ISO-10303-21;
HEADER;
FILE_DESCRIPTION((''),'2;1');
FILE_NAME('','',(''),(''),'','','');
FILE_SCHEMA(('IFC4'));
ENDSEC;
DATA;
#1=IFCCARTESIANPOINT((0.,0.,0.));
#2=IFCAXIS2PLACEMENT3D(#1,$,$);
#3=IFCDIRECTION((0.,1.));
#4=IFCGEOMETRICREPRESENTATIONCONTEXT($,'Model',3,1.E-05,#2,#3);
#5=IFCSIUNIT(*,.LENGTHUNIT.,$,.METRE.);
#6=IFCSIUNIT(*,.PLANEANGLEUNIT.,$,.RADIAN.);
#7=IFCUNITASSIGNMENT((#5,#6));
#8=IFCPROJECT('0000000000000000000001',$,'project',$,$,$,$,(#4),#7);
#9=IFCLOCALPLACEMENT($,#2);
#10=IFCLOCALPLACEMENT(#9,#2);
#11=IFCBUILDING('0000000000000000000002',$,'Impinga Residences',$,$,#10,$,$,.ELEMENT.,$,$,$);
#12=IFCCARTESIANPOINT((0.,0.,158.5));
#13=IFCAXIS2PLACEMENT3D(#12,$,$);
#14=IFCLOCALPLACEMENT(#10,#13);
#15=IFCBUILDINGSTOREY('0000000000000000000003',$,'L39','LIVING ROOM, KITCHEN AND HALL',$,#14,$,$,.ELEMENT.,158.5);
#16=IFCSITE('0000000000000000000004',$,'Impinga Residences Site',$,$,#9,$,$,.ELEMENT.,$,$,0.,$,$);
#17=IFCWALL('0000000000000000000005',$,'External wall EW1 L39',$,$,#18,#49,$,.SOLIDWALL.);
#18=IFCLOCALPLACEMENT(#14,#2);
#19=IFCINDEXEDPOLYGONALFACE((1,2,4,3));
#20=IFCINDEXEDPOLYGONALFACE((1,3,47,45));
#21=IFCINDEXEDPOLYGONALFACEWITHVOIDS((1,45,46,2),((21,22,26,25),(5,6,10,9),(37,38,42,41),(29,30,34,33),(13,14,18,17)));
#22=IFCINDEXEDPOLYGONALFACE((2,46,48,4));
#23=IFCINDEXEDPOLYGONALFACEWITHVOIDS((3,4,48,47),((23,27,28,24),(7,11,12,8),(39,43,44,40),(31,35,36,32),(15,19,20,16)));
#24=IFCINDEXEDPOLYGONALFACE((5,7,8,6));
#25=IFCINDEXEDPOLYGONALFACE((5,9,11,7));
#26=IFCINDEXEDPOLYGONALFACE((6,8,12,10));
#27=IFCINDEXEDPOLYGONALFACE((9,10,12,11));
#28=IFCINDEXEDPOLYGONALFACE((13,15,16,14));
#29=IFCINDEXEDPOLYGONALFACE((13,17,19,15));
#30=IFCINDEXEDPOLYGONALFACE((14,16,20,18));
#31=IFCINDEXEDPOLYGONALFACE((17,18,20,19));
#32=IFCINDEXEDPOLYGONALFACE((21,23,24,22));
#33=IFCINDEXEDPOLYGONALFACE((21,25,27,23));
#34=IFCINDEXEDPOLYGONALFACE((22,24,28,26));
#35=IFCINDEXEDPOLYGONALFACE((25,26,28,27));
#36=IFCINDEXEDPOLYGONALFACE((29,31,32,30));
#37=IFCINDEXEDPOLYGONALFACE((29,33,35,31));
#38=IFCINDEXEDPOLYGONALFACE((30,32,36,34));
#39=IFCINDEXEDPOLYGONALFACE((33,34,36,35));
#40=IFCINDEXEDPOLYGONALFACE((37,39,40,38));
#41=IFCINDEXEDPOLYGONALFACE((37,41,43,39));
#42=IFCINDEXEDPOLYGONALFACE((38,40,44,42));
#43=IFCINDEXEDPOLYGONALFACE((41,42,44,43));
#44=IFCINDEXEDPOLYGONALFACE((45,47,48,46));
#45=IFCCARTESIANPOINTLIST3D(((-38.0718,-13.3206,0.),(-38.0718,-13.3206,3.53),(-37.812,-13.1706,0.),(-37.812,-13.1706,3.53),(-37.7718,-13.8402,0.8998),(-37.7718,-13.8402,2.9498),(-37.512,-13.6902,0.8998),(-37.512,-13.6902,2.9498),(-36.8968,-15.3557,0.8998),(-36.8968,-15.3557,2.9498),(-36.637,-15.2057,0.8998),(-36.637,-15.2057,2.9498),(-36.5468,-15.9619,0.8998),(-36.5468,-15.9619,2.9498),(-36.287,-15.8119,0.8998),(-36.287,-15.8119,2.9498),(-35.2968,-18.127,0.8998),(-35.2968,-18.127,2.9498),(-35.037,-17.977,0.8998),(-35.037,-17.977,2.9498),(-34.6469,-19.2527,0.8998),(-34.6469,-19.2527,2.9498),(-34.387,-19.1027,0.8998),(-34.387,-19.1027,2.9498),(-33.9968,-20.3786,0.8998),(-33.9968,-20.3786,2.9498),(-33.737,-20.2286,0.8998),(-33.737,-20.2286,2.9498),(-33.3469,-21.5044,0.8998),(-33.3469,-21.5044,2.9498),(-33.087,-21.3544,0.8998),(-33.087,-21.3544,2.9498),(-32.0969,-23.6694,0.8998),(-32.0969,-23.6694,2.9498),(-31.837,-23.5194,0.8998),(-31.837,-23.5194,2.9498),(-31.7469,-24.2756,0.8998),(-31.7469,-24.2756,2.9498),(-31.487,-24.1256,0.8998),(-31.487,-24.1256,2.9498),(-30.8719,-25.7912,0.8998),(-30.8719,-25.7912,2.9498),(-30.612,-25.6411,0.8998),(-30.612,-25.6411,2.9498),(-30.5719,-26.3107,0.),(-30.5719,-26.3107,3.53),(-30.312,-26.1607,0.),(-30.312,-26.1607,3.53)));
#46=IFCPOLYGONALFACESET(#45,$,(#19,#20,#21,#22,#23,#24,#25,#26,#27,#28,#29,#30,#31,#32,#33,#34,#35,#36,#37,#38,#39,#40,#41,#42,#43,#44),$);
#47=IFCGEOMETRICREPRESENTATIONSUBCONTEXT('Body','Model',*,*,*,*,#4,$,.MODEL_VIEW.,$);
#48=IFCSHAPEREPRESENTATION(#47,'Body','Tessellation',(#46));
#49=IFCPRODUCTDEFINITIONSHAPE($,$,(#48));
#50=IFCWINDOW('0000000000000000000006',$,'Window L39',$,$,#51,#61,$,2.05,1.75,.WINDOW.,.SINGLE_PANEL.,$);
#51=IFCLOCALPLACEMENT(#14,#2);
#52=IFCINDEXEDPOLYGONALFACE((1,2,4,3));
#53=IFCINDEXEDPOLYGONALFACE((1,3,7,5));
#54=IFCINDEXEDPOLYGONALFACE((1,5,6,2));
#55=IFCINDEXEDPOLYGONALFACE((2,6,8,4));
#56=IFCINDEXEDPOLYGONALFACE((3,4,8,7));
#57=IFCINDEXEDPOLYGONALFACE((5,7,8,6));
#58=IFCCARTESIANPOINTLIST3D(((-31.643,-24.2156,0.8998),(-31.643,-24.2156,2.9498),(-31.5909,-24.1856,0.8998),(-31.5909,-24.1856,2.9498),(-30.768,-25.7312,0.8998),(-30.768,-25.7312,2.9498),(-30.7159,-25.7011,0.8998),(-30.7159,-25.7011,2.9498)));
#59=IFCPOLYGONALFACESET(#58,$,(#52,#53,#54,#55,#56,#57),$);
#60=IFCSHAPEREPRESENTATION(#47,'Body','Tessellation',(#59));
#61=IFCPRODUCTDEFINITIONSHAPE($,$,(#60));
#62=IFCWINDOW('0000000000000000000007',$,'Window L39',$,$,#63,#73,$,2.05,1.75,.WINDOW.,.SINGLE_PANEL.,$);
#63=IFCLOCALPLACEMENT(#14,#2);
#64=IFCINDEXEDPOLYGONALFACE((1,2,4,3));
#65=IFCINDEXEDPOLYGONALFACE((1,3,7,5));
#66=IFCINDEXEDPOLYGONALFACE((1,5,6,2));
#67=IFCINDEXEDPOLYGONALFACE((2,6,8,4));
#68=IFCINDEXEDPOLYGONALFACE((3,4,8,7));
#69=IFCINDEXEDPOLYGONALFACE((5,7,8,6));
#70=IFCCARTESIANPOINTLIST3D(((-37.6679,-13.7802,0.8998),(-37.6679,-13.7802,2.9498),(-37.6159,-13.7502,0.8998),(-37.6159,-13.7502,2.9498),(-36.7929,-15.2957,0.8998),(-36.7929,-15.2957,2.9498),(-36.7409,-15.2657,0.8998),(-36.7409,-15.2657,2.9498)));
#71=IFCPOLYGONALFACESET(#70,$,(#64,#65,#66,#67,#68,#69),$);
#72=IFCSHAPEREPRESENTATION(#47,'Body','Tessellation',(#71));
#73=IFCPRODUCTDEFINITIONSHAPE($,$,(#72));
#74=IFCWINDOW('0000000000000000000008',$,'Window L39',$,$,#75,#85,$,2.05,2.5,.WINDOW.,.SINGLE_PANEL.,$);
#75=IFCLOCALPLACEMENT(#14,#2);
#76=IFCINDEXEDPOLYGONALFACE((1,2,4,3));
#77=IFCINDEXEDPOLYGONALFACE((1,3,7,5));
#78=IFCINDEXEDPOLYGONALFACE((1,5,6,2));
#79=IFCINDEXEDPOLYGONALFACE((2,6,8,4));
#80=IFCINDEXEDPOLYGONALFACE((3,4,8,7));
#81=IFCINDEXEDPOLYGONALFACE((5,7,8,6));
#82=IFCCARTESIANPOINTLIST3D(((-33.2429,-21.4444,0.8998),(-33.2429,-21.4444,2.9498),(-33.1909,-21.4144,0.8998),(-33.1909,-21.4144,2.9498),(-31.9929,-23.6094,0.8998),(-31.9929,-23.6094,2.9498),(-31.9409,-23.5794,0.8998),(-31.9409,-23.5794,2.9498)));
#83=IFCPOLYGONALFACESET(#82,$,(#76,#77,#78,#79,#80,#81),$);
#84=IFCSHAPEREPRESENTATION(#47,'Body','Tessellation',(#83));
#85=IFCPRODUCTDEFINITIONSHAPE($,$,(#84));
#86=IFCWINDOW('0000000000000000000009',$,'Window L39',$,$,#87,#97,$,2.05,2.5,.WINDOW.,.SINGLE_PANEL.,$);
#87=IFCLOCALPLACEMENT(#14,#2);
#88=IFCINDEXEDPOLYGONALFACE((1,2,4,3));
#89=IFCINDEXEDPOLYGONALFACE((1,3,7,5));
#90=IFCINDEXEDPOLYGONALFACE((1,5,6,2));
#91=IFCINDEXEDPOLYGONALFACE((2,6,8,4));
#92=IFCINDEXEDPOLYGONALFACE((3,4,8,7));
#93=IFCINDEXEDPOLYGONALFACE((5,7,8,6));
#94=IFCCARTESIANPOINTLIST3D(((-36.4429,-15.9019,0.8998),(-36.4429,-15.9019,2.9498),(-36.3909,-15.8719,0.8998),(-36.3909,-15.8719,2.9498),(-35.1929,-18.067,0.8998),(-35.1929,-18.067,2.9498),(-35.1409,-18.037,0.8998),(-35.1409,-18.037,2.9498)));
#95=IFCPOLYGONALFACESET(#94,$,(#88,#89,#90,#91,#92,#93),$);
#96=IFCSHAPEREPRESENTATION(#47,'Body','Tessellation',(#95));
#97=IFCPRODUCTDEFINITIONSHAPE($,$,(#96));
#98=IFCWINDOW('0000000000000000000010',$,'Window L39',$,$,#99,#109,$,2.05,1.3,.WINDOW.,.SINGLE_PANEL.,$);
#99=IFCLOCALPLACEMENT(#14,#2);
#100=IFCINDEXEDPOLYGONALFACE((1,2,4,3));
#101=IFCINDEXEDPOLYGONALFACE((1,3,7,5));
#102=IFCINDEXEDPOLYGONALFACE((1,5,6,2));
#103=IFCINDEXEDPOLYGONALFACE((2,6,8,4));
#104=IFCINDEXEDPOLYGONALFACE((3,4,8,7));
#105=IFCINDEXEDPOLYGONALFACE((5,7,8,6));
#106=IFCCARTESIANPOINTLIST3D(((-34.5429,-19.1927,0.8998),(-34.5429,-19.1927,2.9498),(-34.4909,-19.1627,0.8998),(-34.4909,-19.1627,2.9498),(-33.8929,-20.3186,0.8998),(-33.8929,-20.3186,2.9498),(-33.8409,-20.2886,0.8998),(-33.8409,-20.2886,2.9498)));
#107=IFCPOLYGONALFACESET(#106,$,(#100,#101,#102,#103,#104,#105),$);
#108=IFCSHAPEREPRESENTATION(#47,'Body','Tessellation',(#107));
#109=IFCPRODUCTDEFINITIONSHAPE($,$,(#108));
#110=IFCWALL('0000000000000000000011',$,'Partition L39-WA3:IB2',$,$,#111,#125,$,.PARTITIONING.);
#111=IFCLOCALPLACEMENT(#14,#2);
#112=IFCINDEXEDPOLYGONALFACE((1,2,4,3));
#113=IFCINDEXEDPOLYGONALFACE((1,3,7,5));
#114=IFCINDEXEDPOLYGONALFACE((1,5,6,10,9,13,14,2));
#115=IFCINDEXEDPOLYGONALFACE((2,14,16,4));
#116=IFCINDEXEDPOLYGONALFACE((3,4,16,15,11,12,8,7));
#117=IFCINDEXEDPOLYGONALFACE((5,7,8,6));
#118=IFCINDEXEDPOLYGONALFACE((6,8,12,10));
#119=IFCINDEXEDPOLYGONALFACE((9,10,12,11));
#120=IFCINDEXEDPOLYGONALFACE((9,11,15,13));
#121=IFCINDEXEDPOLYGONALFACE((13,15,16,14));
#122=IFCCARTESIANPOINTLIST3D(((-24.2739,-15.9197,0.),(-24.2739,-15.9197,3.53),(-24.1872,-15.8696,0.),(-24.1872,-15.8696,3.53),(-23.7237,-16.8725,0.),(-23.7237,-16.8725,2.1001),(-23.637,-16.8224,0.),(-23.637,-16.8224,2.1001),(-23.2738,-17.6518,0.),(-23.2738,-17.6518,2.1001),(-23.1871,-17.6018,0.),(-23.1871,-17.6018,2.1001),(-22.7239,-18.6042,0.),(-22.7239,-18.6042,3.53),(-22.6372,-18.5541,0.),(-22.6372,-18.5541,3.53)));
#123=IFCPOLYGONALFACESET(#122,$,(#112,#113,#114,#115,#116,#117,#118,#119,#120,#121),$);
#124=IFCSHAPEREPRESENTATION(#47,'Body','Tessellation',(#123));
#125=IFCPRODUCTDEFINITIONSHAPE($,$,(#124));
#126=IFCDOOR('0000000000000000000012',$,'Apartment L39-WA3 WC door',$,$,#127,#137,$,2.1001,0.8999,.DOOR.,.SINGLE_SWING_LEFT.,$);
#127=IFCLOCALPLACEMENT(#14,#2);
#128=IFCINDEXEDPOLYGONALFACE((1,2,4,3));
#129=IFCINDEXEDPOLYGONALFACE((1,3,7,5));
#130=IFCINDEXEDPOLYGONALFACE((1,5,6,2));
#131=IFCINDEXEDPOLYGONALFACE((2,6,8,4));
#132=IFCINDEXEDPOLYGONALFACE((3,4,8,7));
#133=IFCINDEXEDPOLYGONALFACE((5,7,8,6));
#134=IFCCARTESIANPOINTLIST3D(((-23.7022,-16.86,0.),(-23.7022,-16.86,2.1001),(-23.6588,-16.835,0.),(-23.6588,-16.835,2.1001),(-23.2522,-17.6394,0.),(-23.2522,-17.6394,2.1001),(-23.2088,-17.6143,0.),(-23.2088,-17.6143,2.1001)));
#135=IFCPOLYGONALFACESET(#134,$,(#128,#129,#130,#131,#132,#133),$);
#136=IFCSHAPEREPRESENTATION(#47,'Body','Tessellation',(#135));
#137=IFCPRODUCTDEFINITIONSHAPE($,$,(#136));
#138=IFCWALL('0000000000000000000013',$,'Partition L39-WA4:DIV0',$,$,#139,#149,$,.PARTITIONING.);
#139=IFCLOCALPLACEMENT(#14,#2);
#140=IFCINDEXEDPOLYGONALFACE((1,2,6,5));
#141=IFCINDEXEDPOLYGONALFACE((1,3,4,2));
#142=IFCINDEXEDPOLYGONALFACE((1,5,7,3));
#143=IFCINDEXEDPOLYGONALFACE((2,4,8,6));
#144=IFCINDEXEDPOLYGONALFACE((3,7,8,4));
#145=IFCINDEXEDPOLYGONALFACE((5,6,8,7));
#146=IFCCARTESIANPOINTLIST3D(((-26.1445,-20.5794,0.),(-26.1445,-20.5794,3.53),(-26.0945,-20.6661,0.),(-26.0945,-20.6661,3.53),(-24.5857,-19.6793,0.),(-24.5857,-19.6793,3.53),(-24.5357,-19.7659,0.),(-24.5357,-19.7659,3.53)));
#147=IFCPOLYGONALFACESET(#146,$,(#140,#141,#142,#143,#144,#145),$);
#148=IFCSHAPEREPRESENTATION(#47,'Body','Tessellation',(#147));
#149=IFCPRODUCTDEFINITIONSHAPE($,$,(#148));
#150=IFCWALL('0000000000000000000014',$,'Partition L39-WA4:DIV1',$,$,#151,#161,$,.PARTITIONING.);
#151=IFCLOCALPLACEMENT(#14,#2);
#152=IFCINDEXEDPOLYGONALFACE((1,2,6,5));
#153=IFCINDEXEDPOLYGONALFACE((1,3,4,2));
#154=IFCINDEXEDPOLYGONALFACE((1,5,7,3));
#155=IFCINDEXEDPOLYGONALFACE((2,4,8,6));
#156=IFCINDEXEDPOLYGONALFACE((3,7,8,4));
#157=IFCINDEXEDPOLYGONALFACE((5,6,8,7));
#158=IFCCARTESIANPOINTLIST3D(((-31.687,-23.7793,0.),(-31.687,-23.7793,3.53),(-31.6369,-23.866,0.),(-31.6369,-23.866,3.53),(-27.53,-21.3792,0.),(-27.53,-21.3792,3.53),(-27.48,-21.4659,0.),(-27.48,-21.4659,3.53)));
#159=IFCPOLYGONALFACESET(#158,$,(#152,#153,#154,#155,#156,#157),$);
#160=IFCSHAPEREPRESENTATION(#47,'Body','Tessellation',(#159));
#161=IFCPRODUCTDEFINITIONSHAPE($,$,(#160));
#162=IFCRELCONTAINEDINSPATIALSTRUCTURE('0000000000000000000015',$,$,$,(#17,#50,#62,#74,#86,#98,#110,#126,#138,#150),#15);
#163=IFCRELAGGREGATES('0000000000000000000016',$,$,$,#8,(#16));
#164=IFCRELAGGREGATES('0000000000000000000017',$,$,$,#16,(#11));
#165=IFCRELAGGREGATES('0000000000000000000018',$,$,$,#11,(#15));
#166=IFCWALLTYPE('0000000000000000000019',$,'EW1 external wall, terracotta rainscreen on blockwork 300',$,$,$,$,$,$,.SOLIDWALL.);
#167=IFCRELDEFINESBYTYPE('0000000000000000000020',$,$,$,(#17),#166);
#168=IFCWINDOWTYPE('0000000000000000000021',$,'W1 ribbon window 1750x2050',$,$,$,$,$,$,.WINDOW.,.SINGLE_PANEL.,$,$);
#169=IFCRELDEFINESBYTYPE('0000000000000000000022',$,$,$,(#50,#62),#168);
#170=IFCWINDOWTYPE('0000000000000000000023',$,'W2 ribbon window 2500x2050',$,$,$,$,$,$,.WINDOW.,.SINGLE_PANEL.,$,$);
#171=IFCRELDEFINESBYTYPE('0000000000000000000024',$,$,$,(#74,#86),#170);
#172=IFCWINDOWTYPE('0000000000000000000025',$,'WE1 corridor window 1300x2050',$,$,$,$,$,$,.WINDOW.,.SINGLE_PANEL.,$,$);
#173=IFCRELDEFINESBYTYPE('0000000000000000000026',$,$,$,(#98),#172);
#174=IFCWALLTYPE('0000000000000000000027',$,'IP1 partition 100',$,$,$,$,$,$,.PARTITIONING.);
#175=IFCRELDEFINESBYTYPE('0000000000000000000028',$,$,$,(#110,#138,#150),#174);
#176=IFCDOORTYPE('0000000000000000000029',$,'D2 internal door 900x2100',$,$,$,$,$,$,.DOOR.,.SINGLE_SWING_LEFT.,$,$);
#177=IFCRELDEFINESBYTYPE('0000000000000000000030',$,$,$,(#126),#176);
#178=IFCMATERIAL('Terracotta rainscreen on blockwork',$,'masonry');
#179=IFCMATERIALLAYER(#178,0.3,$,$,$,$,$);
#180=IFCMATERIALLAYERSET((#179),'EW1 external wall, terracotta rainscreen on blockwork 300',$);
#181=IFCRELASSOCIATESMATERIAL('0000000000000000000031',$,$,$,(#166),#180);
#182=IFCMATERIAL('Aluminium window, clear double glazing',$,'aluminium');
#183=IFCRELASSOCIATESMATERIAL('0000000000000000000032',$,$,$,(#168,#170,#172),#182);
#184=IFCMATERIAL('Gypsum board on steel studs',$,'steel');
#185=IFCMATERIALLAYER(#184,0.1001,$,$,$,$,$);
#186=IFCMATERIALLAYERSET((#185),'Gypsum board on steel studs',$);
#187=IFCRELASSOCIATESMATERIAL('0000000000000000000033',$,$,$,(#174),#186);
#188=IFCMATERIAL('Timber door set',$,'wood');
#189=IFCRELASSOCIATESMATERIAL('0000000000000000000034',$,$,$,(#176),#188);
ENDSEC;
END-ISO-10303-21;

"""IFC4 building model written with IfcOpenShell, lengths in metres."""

from ifc_helpers import new_model, si_unit, direction, frame, frame_2d, origin, place, context, subcontext, project, spatial, rectangle, extrude, material, layer, layer_set, type_object, element, fill, save


model = new_model("IFC4")

# Units and contexts
model_context = context("Model", 3, precision=1e-05, world=origin(), true_north=direction((0.0, 1.0)))
body_context = subcontext(model_context, "Body", "Model", "MODEL_VIEW")
ifc_project = project(units=[si_unit("LENGTHUNIT", "METRE"), si_unit("PLANEANGLEUNIT", "RADIAN")], contexts=[model_context])

# Site, building, storey
site_placement = place(None, origin())
site = spatial("IfcSite", under=ifc_project, at=site_placement, Name="Impinga Residences Site", CompositionType="ELEMENT", RefElevation=0.0)
building_placement = place(site_placement, origin())
building = spatial("IfcBuilding", under=site, at=building_placement, Name="Impinga Residences", CompositionType="ELEMENT")
storey_placement = place(building_placement, frame((0.0, 0.0, 158.5)))
storey = spatial("IfcBuildingStorey", under=building, at=storey_placement, Name="L39", Description="LIVING ROOM, KITCHEN AND HALL", CompositionType="ELEMENT", Elevation=158.5)

# Shared definitions
ifc_material_1 = material(Name="Terracotta rainscreen on blockwork", Category="masonry")
ifc_layer_1 = layer(ifc_material_1, 0.3)
ifc_layer_set_1 = layer_set([ifc_layer_1], Name="EW1 external wall, terracotta rainscreen on blockwork 300")
wall_type_1 = type_object("IfcWallType", Name="EW1 external wall, terracotta rainscreen on blockwork 300", PredefinedType="SOLIDWALL", material=ifc_layer_set_1)

# Wall, openings, windows
wall_1_placement = place(storey_placement, frame((-30.4419, -26.2358, 0.0), z_axis=(0.0, 0.0, 1.0), x_axis=(-0.500004, 0.866023, 0.0)))
wall_1 = element("IfcWall", 1, at=wall_1_placement, inside=storey, type_object=wall_type_1, Name="External wall EW1 L39", PredefinedType="SOLIDWALL", context=body_context, shape_type="SweptSolid", body=[
    extrude(rectangle(XDim=14.9998, YDim=0.3, at=frame_2d((7.5, 0.0))), origin(), (0.0, 0.0, 1.0), 3.53),
])
opening_1_placement = place(wall_1_placement, frame((0.6001, 0.0, 0.8999)))
opening_1 = element("IfcOpeningElement", 2, at=opening_1_placement, cuts=wall_1, PredefinedType="OPENING", context=body_context, shape_type="SweptSolid", body=[
    extrude(rectangle(XDim=1.75, YDim=2.05, at=frame_2d((0.875, 1.0249))), frame((0.0, 0.1599, 0.0), z_axis=(0.0, -1.0, 0.0), x_axis=(1.0, 0.0, 0.0)), (0.0, 0.0, 1.0), 0.3201),
])
opening_2_placement = place(wall_1_placement, frame((3.05, 0.0, 0.8999)))
opening_2 = element("IfcOpeningElement", 3, at=opening_2_placement, cuts=wall_1, PredefinedType="OPENING", context=body_context, shape_type="SweptSolid", body=[
    extrude(rectangle(XDim=2.5, YDim=2.05, at=frame_2d((1.25, 1.0249))), frame((0.0, 0.1599, 0.0), z_axis=(0.0, -1.0, 0.0), x_axis=(1.0, 0.0, 0.0)), (0.0, 0.0, 1.0), 0.3201),
])
opening_3_placement = place(wall_1_placement, frame((6.8501, 0.0, 0.8999)))
opening_3 = element("IfcOpeningElement", 4, at=opening_3_placement, cuts=wall_1, PredefinedType="OPENING", context=body_context, shape_type="SweptSolid", body=[
    extrude(rectangle(XDim=1.3, YDim=2.05, at=frame_2d((0.6499, 1.0249))), frame((0.0, 0.1599, 0.0), z_axis=(0.0, -1.0, 0.0), x_axis=(1.0, 0.0, 0.0)), (0.0, 0.0, 1.0), 0.3201),
])
opening_4_placement = place(wall_1_placement, frame((9.45, 0.0, 0.8999)))
opening_4 = element("IfcOpeningElement", 5, at=opening_4_placement, cuts=wall_1, PredefinedType="OPENING", context=body_context, shape_type="SweptSolid", body=[
    extrude(rectangle(XDim=2.5, YDim=2.05, at=frame_2d((1.25, 1.0249))), frame((0.0, 0.1599, 0.0), z_axis=(0.0, -1.0, 0.0), x_axis=(1.0, 0.0, 0.0)), (0.0, 0.0, 1.0), 0.3201),
])
opening_5_placement = place(wall_1_placement, frame((12.6499, 0.0, 0.8999)))
opening_5 = element("IfcOpeningElement", 6, at=opening_5_placement, cuts=wall_1, PredefinedType="OPENING", context=body_context, shape_type="SweptSolid", body=[
    extrude(rectangle(XDim=1.75, YDim=2.05, at=frame_2d((0.875, 1.0249))), frame((0.0, 0.1599, 0.0), z_axis=(0.0, -1.0, 0.0), x_axis=(1.0, 0.0, 0.0)), (0.0, 0.0, 1.0), 0.3201),
])
ifc_material_2 = material(Name="Aluminium window, clear double glazing", Category="aluminium")
window_type_1 = type_object("IfcWindowType", Name="W1 ribbon window 1750x2050", PartitioningType="SINGLE_PANEL", PredefinedType="WINDOW", material=ifc_material_2)
window_1_placement = place(opening_1_placement, origin())
window_1 = element("IfcWindow", 7, at=window_1_placement, inside=storey, type_object=window_type_1, Name="Window L39", OverallHeight=2.05, OverallWidth=1.75, PartitioningType="SINGLE_PANEL", PredefinedType="WINDOW", context=body_context, shape_type="SweptSolid", body=[
    extrude(rectangle(XDim=1.75, YDim=2.05, at=frame_2d((0.875, 1.0249))), frame((0.0, 0.03, 0.0), z_axis=(0.0, -1.0, 0.0), x_axis=(1.0, 0.0, 0.0)), (0.0, 0.0, 1.0), 0.0601),
])
fill(opening_1, window_1)
window_2_placement = place(opening_5_placement, origin())
window_2 = element("IfcWindow", 8, at=window_2_placement, inside=storey, type_object=window_type_1, Name="Window L39", OverallHeight=2.05, OverallWidth=1.75, PartitioningType="SINGLE_PANEL", PredefinedType="WINDOW", context=body_context, shape_type="SweptSolid", body=[
    extrude(rectangle(XDim=1.75, YDim=2.05, at=frame_2d((0.875, 1.0249))), frame((0.0, 0.03, 0.0), z_axis=(0.0, -1.0, 0.0), x_axis=(1.0, 0.0, 0.0)), (0.0, 0.0, 1.0), 0.0601),
])
fill(opening_5, window_2)
window_type_2 = type_object("IfcWindowType", Name="W2 ribbon window 2500x2050", PartitioningType="SINGLE_PANEL", PredefinedType="WINDOW", material=ifc_material_2)
window_3_placement = place(opening_2_placement, origin())
window_3 = element("IfcWindow", 9, at=window_3_placement, inside=storey, type_object=window_type_2, Name="Window L39", OverallHeight=2.05, OverallWidth=2.5, PartitioningType="SINGLE_PANEL", PredefinedType="WINDOW", context=body_context, shape_type="SweptSolid", body=[
    extrude(rectangle(XDim=2.5, YDim=2.05, at=frame_2d((1.25, 1.0249))), frame((0.0, 0.03, 0.0), z_axis=(0.0, -1.0, 0.0), x_axis=(1.0, 0.0, 0.0)), (0.0, 0.0, 1.0), 0.0601),
])
fill(opening_2, window_3)
window_4_placement = place(opening_4_placement, origin())
window_4 = element("IfcWindow", 10, at=window_4_placement, inside=storey, type_object=window_type_2, Name="Window L39", OverallHeight=2.05, OverallWidth=2.5, PartitioningType="SINGLE_PANEL", PredefinedType="WINDOW", context=body_context, shape_type="SweptSolid", body=[
    extrude(rectangle(XDim=2.5, YDim=2.05, at=frame_2d((1.25, 1.0249))), frame((0.0, 0.03, 0.0), z_axis=(0.0, -1.0, 0.0), x_axis=(1.0, 0.0, 0.0)), (0.0, 0.0, 1.0), 0.0601),
])
fill(opening_4, window_4)
window_type_3 = type_object("IfcWindowType", Name="WE1 corridor window 1300x2050", PartitioningType="SINGLE_PANEL", PredefinedType="WINDOW", material=ifc_material_2)
window_5_placement = place(opening_3_placement, origin())
window_5 = element("IfcWindow", 11, at=window_5_placement, inside=storey, type_object=window_type_3, Name="Window L39", OverallHeight=2.05, OverallWidth=1.3, PartitioningType="SINGLE_PANEL", PredefinedType="WINDOW", context=body_context, shape_type="SweptSolid", body=[
    extrude(rectangle(XDim=1.3, YDim=2.05, at=frame_2d((0.6499, 1.0249))), frame((0.0, 0.03, 0.0), z_axis=(0.0, -1.0, 0.0), x_axis=(1.0, 0.0, 0.0)), (0.0, 0.0, 1.0), 0.0601),
])
fill(opening_3, window_5)

# Wall, opening, door
ifc_material_3 = material(Name="Gypsum board on steel studs", Category="steel")
ifc_layer_2 = layer(ifc_material_3, 0.1001)
ifc_layer_set_2 = layer_set([ifc_layer_2], Name="Gypsum board on steel studs")
wall_type_2 = type_object("IfcWallType", Name="IP1 partition 100", PredefinedType="PARTITIONING", material=ifc_layer_set_2)
wall_2_placement = place(storey_placement, frame((-24.2305, -15.8948, 0.0), z_axis=(0.0, 0.0, 1.0), x_axis=(0.500027, -0.86601, 0.0)))
wall_2 = element("IfcWall", 12, at=wall_2_placement, inside=storey, type_object=wall_type_2, Name="Partition L39-WA3:IB2", PredefinedType="PARTITIONING", context=body_context, shape_type="SweptSolid", body=[
    extrude(rectangle(XDim=3.0999, YDim=0.1001, at=frame_2d((1.5498, 0.0))), origin(), (0.0, 0.0, 1.0), 3.53),
])
opening_6_placement = place(wall_2_placement, frame((1.1001, 0.0, 0.0)))
opening_6 = element("IfcOpeningElement", 13, at=opening_6_placement, cuts=wall_2, PredefinedType="OPENING", context=body_context, shape_type="SweptSolid", body=[
    extrude(rectangle(XDim=0.8999, YDim=2.1001, at=frame_2d((0.45, 1.05))), frame((0.0, 0.0601, 0.0), z_axis=(0.0, -1.0, 0.0), x_axis=(1.0, 0.0, 0.0)), (0.0, 0.0, 1.0), 0.1201),
])
ifc_material_4 = material(Name="Timber door set", Category="wood")
door_type = type_object("IfcDoorType", Name="D2 internal door 900x2100", OperationType="SINGLE_SWING_LEFT", PredefinedType="DOOR", material=ifc_material_4)
door_1_placement = place(opening_6_placement, origin())
door_1 = element("IfcDoor", 14, at=door_1_placement, inside=storey, type_object=door_type, Name="Apartment L39-WA3 WC door", OperationType="SINGLE_SWING_LEFT", OverallHeight=2.1001, OverallWidth=0.8999, PredefinedType="DOOR", context=body_context, shape_type="SweptSolid", body=[
    extrude(rectangle(XDim=0.8999, YDim=2.1001, at=frame_2d((0.45, 1.05))), frame((0.0, 0.0249, 0.0), z_axis=(0.0, -1.0, 0.0), x_axis=(1.0, 0.0, 0.0)), (0.0, 0.0, 1.0), 0.05),
])
fill(opening_6, door_1)

# Walls
wall_3_placement = place(storey_placement, frame((-24.5608, -19.7227, 0.0), z_axis=(0.0, 0.0, 1.0), x_axis=(-0.865989, -0.500063, 0.0)))
element("IfcWall", 15, at=wall_3_placement, inside=storey, type_object=wall_type_2, Name="Partition L39-WA4:DIV0", PredefinedType="PARTITIONING", context=body_context, shape_type="SweptSolid", body=[
    extrude(rectangle(XDim=1.8, YDim=0.1001, at=frame_2d((0.8999, 0.0))), origin(), (0.0, 0.0, 1.0), 3.53),
])
wall_4_placement = place(storey_placement, frame((-27.5051, -21.4226, 0.0), z_axis=(0.0, 0.0, 1.0), x_axis=(-0.866015, -0.500017, 0.0)))
element("IfcWall", 16, at=wall_4_placement, inside=storey, type_object=wall_type_2, Name="Partition L39-WA4:DIV1", PredefinedType="PARTITIONING", context=body_context, shape_type="SweptSolid", body=[
    extrude(rectangle(XDim=4.8, YDim=0.1001, at=frame_2d((2.3999, 0.0))), origin(), (0.0, 0.0, 1.0), 3.53),
])

save(model, "model.ifc")
